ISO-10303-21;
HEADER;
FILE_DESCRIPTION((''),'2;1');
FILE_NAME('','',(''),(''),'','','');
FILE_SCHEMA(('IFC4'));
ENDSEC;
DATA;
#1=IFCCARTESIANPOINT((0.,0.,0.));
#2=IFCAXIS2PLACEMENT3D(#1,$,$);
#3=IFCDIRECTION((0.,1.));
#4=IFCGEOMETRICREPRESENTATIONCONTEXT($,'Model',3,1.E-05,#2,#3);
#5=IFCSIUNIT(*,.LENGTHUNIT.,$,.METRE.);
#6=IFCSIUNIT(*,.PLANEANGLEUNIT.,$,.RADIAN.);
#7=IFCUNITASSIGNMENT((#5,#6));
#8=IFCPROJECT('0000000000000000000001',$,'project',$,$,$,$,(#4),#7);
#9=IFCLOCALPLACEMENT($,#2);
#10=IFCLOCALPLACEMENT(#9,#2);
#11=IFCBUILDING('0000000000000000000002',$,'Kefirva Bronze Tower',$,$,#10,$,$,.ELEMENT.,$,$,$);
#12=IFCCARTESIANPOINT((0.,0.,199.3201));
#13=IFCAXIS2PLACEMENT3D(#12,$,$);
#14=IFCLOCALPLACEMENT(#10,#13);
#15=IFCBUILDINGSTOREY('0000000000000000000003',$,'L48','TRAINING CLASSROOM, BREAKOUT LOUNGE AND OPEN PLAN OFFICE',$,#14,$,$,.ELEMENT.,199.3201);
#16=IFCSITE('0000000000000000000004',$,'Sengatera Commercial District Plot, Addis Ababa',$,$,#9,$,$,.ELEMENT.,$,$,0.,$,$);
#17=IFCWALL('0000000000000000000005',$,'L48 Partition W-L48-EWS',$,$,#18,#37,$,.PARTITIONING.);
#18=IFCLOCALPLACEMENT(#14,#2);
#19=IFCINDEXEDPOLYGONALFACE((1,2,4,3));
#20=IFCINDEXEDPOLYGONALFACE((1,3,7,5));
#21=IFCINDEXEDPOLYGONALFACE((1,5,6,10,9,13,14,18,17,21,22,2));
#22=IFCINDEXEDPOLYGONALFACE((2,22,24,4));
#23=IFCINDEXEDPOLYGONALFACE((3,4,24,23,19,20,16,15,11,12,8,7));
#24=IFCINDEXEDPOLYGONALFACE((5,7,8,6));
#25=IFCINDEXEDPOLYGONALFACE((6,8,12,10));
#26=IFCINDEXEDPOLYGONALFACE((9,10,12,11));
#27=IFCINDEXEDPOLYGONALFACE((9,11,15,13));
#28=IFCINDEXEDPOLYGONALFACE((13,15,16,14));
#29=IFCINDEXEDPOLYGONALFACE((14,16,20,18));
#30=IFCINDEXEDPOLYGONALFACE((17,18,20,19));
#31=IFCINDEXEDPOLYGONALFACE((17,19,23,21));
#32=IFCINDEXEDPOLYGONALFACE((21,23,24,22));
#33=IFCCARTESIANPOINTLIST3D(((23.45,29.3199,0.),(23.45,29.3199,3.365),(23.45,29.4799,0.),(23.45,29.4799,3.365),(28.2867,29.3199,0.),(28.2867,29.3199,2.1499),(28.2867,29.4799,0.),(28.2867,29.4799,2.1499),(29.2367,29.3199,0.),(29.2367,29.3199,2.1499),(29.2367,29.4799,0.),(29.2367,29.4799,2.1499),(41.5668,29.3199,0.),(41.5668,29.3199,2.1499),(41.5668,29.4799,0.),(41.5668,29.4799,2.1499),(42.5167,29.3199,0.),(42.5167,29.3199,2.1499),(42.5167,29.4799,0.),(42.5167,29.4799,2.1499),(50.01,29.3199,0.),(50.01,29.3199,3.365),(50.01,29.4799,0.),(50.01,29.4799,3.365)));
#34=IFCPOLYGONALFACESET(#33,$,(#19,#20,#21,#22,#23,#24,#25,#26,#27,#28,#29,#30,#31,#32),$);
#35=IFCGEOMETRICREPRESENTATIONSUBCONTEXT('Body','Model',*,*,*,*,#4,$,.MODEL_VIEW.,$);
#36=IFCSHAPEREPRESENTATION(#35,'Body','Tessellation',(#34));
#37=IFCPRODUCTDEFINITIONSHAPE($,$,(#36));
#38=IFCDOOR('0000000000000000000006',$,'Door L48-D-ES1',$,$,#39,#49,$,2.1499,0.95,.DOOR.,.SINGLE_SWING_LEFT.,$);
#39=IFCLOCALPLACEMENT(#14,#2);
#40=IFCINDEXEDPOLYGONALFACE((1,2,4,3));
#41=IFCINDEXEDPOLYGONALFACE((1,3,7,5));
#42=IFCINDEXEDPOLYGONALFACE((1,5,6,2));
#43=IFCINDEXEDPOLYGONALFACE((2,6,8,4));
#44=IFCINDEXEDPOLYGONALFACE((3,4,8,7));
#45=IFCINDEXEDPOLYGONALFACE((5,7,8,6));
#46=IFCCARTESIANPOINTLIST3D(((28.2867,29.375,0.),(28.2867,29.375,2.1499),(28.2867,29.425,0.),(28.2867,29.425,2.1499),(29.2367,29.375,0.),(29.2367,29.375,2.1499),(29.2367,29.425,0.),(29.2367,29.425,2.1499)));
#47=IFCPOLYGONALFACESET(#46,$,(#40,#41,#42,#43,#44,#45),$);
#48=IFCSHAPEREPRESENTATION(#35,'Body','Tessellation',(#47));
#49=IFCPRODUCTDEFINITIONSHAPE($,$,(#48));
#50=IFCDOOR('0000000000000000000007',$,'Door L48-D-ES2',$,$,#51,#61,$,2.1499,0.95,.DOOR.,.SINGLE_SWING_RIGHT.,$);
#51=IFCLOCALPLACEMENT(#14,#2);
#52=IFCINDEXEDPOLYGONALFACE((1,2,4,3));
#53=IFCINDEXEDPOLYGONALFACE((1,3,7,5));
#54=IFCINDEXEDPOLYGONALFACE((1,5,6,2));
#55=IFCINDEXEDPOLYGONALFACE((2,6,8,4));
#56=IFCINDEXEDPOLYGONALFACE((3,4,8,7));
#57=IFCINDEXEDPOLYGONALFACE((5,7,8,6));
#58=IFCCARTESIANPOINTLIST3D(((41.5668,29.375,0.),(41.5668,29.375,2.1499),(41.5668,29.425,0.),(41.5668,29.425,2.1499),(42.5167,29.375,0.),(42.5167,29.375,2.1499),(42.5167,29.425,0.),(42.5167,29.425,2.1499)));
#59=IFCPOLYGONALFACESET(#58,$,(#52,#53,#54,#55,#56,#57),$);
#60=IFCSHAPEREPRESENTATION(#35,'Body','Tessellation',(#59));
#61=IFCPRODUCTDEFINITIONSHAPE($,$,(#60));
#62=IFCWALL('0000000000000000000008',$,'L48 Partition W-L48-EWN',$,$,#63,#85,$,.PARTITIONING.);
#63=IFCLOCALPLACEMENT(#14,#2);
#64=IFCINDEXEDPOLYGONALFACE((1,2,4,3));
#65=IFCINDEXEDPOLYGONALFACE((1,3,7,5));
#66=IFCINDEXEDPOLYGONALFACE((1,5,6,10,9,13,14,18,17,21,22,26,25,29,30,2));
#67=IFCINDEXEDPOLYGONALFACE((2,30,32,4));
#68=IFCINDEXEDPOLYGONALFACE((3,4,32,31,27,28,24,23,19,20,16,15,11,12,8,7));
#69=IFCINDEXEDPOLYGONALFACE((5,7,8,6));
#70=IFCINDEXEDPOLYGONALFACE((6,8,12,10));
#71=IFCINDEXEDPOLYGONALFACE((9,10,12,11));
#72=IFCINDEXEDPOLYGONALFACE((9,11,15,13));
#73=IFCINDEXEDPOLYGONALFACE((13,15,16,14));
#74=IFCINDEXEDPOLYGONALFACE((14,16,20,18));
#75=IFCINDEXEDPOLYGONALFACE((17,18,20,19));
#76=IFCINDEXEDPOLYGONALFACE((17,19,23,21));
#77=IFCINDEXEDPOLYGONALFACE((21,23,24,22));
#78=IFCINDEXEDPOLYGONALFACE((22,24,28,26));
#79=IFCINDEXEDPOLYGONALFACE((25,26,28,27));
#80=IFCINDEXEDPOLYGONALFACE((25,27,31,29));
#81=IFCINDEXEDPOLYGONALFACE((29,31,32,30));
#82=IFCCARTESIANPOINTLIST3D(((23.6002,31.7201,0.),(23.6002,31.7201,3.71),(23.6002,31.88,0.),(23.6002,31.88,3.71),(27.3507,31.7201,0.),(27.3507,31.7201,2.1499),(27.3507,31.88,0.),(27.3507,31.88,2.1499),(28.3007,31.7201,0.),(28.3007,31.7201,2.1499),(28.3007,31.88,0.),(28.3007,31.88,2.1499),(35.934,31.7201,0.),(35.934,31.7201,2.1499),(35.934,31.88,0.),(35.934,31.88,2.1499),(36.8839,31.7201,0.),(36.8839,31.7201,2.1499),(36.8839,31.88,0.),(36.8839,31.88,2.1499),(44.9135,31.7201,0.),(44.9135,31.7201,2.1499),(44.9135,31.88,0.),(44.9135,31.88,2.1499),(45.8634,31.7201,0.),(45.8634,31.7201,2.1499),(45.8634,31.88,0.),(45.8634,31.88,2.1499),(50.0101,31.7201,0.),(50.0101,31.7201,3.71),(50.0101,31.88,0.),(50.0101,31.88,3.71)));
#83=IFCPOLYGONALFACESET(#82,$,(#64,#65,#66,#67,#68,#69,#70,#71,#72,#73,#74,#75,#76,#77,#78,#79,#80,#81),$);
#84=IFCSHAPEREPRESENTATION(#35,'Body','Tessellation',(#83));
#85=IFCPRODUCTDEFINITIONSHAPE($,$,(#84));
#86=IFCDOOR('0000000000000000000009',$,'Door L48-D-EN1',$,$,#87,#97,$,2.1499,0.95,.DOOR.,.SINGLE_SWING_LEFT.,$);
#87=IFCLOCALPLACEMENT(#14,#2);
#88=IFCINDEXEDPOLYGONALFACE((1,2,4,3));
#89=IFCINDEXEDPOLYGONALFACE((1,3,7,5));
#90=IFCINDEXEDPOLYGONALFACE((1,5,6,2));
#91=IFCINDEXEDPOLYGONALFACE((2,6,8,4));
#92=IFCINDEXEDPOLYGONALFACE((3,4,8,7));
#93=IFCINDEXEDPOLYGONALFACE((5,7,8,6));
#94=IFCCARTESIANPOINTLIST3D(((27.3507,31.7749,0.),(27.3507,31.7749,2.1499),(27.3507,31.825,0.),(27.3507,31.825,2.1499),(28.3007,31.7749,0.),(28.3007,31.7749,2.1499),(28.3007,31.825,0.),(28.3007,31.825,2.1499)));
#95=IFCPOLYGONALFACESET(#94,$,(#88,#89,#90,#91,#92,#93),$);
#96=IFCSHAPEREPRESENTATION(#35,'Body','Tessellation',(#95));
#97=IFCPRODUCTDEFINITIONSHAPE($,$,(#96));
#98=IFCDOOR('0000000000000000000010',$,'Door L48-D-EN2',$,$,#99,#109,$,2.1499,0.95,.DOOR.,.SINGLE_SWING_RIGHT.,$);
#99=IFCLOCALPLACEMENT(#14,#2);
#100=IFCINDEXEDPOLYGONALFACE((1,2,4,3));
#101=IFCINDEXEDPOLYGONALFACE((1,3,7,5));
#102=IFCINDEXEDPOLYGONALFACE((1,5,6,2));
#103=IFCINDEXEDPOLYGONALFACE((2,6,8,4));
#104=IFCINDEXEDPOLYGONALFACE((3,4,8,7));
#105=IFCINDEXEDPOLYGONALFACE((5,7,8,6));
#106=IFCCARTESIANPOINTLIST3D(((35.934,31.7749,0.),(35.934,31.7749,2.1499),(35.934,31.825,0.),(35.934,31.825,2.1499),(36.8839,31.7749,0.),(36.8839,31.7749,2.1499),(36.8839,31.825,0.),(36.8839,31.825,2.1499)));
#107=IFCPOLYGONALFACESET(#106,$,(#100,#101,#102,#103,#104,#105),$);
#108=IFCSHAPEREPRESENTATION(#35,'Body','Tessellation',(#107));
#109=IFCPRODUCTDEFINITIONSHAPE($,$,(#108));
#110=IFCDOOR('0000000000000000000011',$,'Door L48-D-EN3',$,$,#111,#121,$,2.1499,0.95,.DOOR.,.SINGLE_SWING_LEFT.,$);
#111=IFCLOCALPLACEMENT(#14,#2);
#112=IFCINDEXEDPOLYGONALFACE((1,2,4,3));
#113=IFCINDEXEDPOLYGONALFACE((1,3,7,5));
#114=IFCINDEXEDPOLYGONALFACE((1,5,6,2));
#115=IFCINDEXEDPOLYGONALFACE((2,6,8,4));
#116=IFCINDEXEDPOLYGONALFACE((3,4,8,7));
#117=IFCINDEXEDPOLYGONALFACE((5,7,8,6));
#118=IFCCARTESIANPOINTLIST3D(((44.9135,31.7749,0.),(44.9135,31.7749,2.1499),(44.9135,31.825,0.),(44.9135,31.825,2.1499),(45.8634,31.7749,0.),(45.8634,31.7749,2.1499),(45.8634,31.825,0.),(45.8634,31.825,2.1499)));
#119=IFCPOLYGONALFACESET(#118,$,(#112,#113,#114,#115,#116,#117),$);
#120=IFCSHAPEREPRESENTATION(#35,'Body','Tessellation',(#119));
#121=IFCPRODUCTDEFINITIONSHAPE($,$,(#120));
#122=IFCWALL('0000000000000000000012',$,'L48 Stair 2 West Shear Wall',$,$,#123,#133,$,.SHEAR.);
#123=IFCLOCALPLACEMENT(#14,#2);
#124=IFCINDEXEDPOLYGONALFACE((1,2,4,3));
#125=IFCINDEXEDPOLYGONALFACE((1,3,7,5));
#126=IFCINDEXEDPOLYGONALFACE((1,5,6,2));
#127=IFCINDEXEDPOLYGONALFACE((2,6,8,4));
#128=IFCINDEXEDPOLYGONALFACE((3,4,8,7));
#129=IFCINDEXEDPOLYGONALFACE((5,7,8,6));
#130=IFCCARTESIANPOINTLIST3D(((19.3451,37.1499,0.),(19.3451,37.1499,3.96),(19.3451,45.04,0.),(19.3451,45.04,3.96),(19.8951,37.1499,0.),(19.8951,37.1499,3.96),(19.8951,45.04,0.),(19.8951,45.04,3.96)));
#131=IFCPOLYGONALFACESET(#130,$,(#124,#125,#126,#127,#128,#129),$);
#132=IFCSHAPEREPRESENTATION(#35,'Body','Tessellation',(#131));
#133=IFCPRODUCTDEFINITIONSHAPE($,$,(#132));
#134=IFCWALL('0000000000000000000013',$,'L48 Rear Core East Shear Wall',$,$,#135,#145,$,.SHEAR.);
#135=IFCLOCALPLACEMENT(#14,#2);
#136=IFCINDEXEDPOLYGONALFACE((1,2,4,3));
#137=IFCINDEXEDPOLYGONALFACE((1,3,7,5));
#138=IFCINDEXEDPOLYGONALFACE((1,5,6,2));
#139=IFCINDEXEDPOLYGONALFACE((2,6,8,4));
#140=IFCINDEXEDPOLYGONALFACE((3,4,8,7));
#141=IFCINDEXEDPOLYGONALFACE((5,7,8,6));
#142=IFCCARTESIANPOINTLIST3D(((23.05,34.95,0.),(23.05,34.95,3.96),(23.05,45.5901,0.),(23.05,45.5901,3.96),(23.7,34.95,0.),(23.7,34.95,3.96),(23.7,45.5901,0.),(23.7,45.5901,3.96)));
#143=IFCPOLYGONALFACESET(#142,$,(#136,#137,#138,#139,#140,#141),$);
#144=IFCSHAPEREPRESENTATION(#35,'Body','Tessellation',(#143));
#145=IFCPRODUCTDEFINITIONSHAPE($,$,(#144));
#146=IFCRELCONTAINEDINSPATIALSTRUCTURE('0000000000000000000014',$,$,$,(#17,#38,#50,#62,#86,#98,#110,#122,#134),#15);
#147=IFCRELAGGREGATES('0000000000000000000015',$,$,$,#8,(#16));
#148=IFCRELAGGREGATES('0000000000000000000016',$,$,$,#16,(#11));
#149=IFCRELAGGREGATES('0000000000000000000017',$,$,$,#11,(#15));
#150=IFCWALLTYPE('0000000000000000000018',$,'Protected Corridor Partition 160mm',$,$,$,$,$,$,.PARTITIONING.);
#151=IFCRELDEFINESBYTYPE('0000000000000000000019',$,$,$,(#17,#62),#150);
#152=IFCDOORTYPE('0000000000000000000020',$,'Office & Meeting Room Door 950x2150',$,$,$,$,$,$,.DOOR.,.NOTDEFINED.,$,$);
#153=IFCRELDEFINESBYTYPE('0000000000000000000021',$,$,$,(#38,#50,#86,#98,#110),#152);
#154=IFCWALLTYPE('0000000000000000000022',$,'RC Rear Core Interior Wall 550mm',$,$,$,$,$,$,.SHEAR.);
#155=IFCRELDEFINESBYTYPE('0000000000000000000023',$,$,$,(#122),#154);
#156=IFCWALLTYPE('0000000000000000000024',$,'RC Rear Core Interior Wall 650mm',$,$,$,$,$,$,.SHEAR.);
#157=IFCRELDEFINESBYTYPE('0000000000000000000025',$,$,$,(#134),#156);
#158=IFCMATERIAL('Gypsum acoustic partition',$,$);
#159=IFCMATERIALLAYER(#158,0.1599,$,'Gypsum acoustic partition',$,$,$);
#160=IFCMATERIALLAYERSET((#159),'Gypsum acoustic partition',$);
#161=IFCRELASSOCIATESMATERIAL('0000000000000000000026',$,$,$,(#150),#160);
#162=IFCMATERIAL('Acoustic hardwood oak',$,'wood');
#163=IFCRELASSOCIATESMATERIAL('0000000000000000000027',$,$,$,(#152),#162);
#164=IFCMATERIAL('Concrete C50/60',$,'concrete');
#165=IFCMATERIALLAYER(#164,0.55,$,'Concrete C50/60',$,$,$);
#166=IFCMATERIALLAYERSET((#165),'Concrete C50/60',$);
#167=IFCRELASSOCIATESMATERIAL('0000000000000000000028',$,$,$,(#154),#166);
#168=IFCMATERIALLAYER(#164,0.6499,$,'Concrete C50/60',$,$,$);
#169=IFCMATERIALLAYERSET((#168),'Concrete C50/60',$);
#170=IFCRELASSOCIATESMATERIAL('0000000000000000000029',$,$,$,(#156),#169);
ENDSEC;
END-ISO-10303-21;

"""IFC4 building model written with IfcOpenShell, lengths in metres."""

from ifc_helpers import new_model, si_unit, direction, frame, frame_2d, origin, place, context, subcontext, project, spatial, rectangle, extrude, material, layer, layer_set, type_object, element, fill, save


model = new_model("IFC4")

# Units and contexts
model_context = context("Model", 3, precision=1e-05, world=origin(), true_north=direction((0.0, 1.0)))
body_context = subcontext(model_context, "Body", "Model", "MODEL_VIEW")
ifc_project = project(units=[si_unit("LENGTHUNIT", "METRE"), si_unit("PLANEANGLEUNIT", "RADIAN")], contexts=[model_context])

# Site, building, storey
site_placement = place(None, origin())
site = spatial("IfcSite", under=ifc_project, at=site_placement, Name="Sengatera Commercial District Plot, Addis Ababa", CompositionType="ELEMENT", RefElevation=0.0)
building_placement = place(site_placement, origin())
building = spatial("IfcBuilding", under=site, at=building_placement, Name="Kefirva Bronze Tower", CompositionType="ELEMENT")
storey_placement = place(building_placement, frame((0.0, 0.0, 199.3201)))
storey = spatial("IfcBuildingStorey", under=building, at=storey_placement, Name="L48", Description="TRAINING CLASSROOM, BREAKOUT LOUNGE AND OPEN PLAN OFFICE", CompositionType="ELEMENT", Elevation=199.3201)

# Shared definitions
ifc_material_1 = material(Name="Concrete C50/60", Category="concrete")

# Shared definitions
ifc_material_2 = material(Name="Gypsum acoustic partition")

# Walls, openings, doors
ifc_layer_1 = layer(ifc_material_2, 0.1599, Name="Gypsum acoustic partition")
ifc_layer_set_1 = layer_set([ifc_layer_1], Name="Gypsum acoustic partition")
wall_type_1 = type_object("IfcWallType", Name="Protected Corridor Partition 160mm", PredefinedType="PARTITIONING", material=ifc_layer_set_1)
wall_1_placement = place(storey_placement, frame((23.45, 29.3999, 0.0), z_axis=(0.0, 0.0, 1.0), x_axis=(1.0, 0.0, 0.0)))
wall_1 = element("IfcWall", 1, at=wall_1_placement, inside=storey, type_object=wall_type_1, Name="L48 Partition W-L48-EWS", PredefinedType="PARTITIONING", context=body_context, shape_type="SweptSolid", body=[
    extrude(rectangle(XDim=26.5601, YDim=0.1599, at=frame_2d((13.28, 0.0))), origin(), (0.0, 0.0, 1.0), 3.365),
])
opening_1_placement = place(wall_1_placement, frame((5.7869, 0.0, 0.0), z_axis=(0.0, 0.0, 1.0), x_axis=(-1.0, 0.0, 0.0)))
opening_1 = element("IfcOpeningElement", 2, at=opening_1_placement, cuts=wall_1, PredefinedType="OPENING", context=body_context, shape_type="SweptSolid", body=[
    extrude(rectangle(XDim=0.95, YDim=2.1499, at=frame_2d((0.4751, 1.075))), frame((0.0, 0.0898, 0.0), z_axis=(0.0, -1.0, 0.0), x_axis=(1.0, 0.0, 0.0)), (0.0, 0.0, 1.0), 0.1799),
])
opening_2_placement = place(wall_1_placement, frame((19.0669, 0.0, 0.0), z_axis=(0.0, 0.0, 1.0), x_axis=(-1.0, 0.0, 0.0)))
opening_2 = element("IfcOpeningElement", 3, at=opening_2_placement, cuts=wall_1, PredefinedType="OPENING", context=body_context, shape_type="SweptSolid", body=[
    extrude(rectangle(XDim=0.95, YDim=2.1499, at=frame_2d((0.4751, 1.075))), frame((0.0, 0.0898, 0.0), z_axis=(0.0, -1.0, 0.0), x_axis=(1.0, 0.0, 0.0)), (0.0, 0.0, 1.0), 0.1799),
])
ifc_material_3 = material(Name="Acoustic hardwood oak", Category="wood")
door_type_1 = type_object("IfcDoorType", Name="Office & Meeting Room Door 950x2150", OperationType="NOTDEFINED", PredefinedType="DOOR", material=ifc_material_3)
door_1_placement = place(opening_1_placement, origin())
door_1 = element("IfcDoor", 4, at=door_1_placement, inside=storey, type_object=door_type_1, Name="Door L48-D-ES1", OperationType="SINGLE_SWING_LEFT", OverallHeight=2.1499, OverallWidth=0.95, PredefinedType="DOOR", context=body_context, shape_type="SweptSolid", body=[
    extrude(rectangle(XDim=0.95, YDim=2.1499, at=frame_2d((0.4751, 1.075))), frame((0.0, 0.0249, 0.0), z_axis=(0.0, -1.0, 0.0), x_axis=(1.0, 0.0, 0.0)), (0.0, 0.0, 1.0), 0.05),
])
fill(opening_1, door_1)
door_2_placement = place(opening_2_placement, origin())
door_2 = element("IfcDoor", 5, at=door_2_placement, inside=storey, type_object=door_type_1, Name="Door L48-D-ES2", OperationType="SINGLE_SWING_RIGHT", OverallHeight=2.1499, OverallWidth=0.95, PredefinedType="DOOR", context=body_context, shape_type="SweptSolid", body=[
    extrude(rectangle(XDim=0.95, YDim=2.1499, at=frame_2d((0.4751, 1.075))), frame((0.0, 0.0249, 0.0), z_axis=(0.0, -1.0, 0.0), x_axis=(1.0, 0.0, 0.0)), (0.0, 0.0, 1.0), 0.05),
])
fill(opening_2, door_2)
wall_2_placement = place(storey_placement, frame((23.6001, 31.8, 0.0), z_axis=(0.0, 0.0, 1.0), x_axis=(1.0, 0.0, 0.0)))
wall_2 = element("IfcWall", 6, at=wall_2_placement, inside=storey, type_object=wall_type_1, Name="L48 Partition W-L48-EWN", PredefinedType="PARTITIONING", context=body_context, shape_type="SweptSolid", body=[
    extrude(rectangle(XDim=26.4099, YDim=0.1599, at=frame_2d((13.2051, 0.0))), origin(), (0.0, 0.0, 1.0), 3.71),
])
opening_3_placement = place(wall_2_placement, frame((3.7505, 0.0, 0.0)))
opening_3 = element("IfcOpeningElement", 7, at=opening_3_placement, cuts=wall_2, PredefinedType="OPENING", context=body_context, shape_type="SweptSolid", body=[
    extrude(rectangle(XDim=0.95, YDim=2.1499, at=frame_2d((0.4751, 1.075))), frame((0.0, 0.0898, 0.0), z_axis=(0.0, -1.0, 0.0), x_axis=(1.0, 0.0, 0.0)), (0.0, 0.0, 1.0), 0.1799),
])
opening_4_placement = place(wall_2_placement, frame((12.3337, 0.0, 0.0)))
opening_4 = element("IfcOpeningElement", 8, at=opening_4_placement, cuts=wall_2, PredefinedType="OPENING", context=body_context, shape_type="SweptSolid", body=[
    extrude(rectangle(XDim=0.95, YDim=2.1499, at=frame_2d((0.4751, 1.075))), frame((0.0, 0.0898, 0.0), z_axis=(0.0, -1.0, 0.0), x_axis=(1.0, 0.0, 0.0)), (0.0, 0.0, 1.0), 0.1799),
])
opening_5_placement = place(wall_2_placement, frame((21.3132, 0.0, 0.0)))
opening_5 = element("IfcOpeningElement", 9, at=opening_5_placement, cuts=wall_2, PredefinedType="OPENING", context=body_context, shape_type="SweptSolid", body=[
    extrude(rectangle(XDim=0.95, YDim=2.1499, at=frame_2d((0.4751, 1.075))), frame((0.0, 0.0898, 0.0), z_axis=(0.0, -1.0, 0.0), x_axis=(1.0, 0.0, 0.0)), (0.0, 0.0, 1.0), 0.1799),
])
door_3_placement = place(opening_3_placement, origin())
door_3 = element("IfcDoor", 10, at=door_3_placement, inside=storey, type_object=door_type_1, Name="Door L48-D-EN1", OperationType="SINGLE_SWING_LEFT", OverallHeight=2.1499, OverallWidth=0.95, PredefinedType="DOOR", context=body_context, shape_type="SweptSolid", body=[
    extrude(rectangle(XDim=0.95, YDim=2.1499, at=frame_2d((0.4751, 1.075))), frame((0.0, 0.0249, 0.0), z_axis=(0.0, -1.0, 0.0), x_axis=(1.0, 0.0, 0.0)), (0.0, 0.0, 1.0), 0.05),
])
fill(opening_3, door_3)
door_4_placement = place(opening_4_placement, origin())
door_4 = element("IfcDoor", 11, at=door_4_placement, inside=storey, type_object=door_type_1, Name="Door L48-D-EN2", OperationType="SINGLE_SWING_RIGHT", OverallHeight=2.1499, OverallWidth=0.95, PredefinedType="DOOR", context=body_context, shape_type="SweptSolid", body=[
    extrude(rectangle(XDim=0.95, YDim=2.1499, at=frame_2d((0.4751, 1.075))), frame((0.0, 0.0249, 0.0), z_axis=(0.0, -1.0, 0.0), x_axis=(1.0, 0.0, 0.0)), (0.0, 0.0, 1.0), 0.05),
])
fill(opening_4, door_4)
door_5_placement = place(opening_5_placement, origin())
door_5 = element("IfcDoor", 12, at=door_5_placement, inside=storey, type_object=door_type_1, Name="Door L48-D-EN3", OperationType="SINGLE_SWING_LEFT", OverallHeight=2.1499, OverallWidth=0.95, PredefinedType="DOOR", context=body_context, shape_type="SweptSolid", body=[
    extrude(rectangle(XDim=0.95, YDim=2.1499, at=frame_2d((0.4751, 1.075))), frame((0.0, 0.0249, 0.0), z_axis=(0.0, -1.0, 0.0), x_axis=(1.0, 0.0, 0.0)), (0.0, 0.0, 1.0), 0.05),
])
fill(opening_5, door_5)

# Walls
ifc_layer_2 = layer(ifc_material_1, 0.55, Name="Concrete C50/60")
ifc_layer_set_2 = layer_set([ifc_layer_2], Name="Concrete C50/60")
wall_type_2 = type_object("IfcWallType", Name="RC Rear Core Interior Wall 550mm", PredefinedType="SHEAR", material=ifc_layer_set_2)
wall_3_placement = place(storey_placement, frame((19.6201, 37.1499, 0.0), z_axis=(0.0, 0.0, 1.0), x_axis=(0.0, 1.0, 0.0)))
element("IfcWall", 13, at=wall_3_placement, inside=storey, type_object=wall_type_2, Name="L48 Stair 2 West Shear Wall", PredefinedType="SHEAR", context=body_context, shape_type="SweptSolid", body=[
    extrude(rectangle(XDim=7.8901, YDim=0.55, at=frame_2d((3.9451, 0.0))), origin(), (0.0, 0.0, 1.0), 3.96),
])
ifc_layer_3 = layer(ifc_material_1, 0.6499, Name="Concrete C50/60")
ifc_layer_set_3 = layer_set([ifc_layer_3], Name="Concrete C50/60")
wall_type_3 = type_object("IfcWallType", Name="RC Rear Core Interior Wall 650mm", PredefinedType="SHEAR", material=ifc_layer_set_3)
wall_4_placement = place(storey_placement, frame((23.375, 34.95, 0.0), z_axis=(0.0, 0.0, 1.0), x_axis=(0.0, 1.0, 0.0)))
element("IfcWall", 14, at=wall_4_placement, inside=storey, type_object=wall_type_3, Name="L48 Rear Core East Shear Wall", PredefinedType="SHEAR", context=body_context, shape_type="SweptSolid", body=[
    extrude(rectangle(XDim=10.6401, YDim=0.6499, at=frame_2d((5.3201, 0.0))), origin(), (0.0, 0.0, 1.0), 3.96),
])

save(model, "model.ifc")
